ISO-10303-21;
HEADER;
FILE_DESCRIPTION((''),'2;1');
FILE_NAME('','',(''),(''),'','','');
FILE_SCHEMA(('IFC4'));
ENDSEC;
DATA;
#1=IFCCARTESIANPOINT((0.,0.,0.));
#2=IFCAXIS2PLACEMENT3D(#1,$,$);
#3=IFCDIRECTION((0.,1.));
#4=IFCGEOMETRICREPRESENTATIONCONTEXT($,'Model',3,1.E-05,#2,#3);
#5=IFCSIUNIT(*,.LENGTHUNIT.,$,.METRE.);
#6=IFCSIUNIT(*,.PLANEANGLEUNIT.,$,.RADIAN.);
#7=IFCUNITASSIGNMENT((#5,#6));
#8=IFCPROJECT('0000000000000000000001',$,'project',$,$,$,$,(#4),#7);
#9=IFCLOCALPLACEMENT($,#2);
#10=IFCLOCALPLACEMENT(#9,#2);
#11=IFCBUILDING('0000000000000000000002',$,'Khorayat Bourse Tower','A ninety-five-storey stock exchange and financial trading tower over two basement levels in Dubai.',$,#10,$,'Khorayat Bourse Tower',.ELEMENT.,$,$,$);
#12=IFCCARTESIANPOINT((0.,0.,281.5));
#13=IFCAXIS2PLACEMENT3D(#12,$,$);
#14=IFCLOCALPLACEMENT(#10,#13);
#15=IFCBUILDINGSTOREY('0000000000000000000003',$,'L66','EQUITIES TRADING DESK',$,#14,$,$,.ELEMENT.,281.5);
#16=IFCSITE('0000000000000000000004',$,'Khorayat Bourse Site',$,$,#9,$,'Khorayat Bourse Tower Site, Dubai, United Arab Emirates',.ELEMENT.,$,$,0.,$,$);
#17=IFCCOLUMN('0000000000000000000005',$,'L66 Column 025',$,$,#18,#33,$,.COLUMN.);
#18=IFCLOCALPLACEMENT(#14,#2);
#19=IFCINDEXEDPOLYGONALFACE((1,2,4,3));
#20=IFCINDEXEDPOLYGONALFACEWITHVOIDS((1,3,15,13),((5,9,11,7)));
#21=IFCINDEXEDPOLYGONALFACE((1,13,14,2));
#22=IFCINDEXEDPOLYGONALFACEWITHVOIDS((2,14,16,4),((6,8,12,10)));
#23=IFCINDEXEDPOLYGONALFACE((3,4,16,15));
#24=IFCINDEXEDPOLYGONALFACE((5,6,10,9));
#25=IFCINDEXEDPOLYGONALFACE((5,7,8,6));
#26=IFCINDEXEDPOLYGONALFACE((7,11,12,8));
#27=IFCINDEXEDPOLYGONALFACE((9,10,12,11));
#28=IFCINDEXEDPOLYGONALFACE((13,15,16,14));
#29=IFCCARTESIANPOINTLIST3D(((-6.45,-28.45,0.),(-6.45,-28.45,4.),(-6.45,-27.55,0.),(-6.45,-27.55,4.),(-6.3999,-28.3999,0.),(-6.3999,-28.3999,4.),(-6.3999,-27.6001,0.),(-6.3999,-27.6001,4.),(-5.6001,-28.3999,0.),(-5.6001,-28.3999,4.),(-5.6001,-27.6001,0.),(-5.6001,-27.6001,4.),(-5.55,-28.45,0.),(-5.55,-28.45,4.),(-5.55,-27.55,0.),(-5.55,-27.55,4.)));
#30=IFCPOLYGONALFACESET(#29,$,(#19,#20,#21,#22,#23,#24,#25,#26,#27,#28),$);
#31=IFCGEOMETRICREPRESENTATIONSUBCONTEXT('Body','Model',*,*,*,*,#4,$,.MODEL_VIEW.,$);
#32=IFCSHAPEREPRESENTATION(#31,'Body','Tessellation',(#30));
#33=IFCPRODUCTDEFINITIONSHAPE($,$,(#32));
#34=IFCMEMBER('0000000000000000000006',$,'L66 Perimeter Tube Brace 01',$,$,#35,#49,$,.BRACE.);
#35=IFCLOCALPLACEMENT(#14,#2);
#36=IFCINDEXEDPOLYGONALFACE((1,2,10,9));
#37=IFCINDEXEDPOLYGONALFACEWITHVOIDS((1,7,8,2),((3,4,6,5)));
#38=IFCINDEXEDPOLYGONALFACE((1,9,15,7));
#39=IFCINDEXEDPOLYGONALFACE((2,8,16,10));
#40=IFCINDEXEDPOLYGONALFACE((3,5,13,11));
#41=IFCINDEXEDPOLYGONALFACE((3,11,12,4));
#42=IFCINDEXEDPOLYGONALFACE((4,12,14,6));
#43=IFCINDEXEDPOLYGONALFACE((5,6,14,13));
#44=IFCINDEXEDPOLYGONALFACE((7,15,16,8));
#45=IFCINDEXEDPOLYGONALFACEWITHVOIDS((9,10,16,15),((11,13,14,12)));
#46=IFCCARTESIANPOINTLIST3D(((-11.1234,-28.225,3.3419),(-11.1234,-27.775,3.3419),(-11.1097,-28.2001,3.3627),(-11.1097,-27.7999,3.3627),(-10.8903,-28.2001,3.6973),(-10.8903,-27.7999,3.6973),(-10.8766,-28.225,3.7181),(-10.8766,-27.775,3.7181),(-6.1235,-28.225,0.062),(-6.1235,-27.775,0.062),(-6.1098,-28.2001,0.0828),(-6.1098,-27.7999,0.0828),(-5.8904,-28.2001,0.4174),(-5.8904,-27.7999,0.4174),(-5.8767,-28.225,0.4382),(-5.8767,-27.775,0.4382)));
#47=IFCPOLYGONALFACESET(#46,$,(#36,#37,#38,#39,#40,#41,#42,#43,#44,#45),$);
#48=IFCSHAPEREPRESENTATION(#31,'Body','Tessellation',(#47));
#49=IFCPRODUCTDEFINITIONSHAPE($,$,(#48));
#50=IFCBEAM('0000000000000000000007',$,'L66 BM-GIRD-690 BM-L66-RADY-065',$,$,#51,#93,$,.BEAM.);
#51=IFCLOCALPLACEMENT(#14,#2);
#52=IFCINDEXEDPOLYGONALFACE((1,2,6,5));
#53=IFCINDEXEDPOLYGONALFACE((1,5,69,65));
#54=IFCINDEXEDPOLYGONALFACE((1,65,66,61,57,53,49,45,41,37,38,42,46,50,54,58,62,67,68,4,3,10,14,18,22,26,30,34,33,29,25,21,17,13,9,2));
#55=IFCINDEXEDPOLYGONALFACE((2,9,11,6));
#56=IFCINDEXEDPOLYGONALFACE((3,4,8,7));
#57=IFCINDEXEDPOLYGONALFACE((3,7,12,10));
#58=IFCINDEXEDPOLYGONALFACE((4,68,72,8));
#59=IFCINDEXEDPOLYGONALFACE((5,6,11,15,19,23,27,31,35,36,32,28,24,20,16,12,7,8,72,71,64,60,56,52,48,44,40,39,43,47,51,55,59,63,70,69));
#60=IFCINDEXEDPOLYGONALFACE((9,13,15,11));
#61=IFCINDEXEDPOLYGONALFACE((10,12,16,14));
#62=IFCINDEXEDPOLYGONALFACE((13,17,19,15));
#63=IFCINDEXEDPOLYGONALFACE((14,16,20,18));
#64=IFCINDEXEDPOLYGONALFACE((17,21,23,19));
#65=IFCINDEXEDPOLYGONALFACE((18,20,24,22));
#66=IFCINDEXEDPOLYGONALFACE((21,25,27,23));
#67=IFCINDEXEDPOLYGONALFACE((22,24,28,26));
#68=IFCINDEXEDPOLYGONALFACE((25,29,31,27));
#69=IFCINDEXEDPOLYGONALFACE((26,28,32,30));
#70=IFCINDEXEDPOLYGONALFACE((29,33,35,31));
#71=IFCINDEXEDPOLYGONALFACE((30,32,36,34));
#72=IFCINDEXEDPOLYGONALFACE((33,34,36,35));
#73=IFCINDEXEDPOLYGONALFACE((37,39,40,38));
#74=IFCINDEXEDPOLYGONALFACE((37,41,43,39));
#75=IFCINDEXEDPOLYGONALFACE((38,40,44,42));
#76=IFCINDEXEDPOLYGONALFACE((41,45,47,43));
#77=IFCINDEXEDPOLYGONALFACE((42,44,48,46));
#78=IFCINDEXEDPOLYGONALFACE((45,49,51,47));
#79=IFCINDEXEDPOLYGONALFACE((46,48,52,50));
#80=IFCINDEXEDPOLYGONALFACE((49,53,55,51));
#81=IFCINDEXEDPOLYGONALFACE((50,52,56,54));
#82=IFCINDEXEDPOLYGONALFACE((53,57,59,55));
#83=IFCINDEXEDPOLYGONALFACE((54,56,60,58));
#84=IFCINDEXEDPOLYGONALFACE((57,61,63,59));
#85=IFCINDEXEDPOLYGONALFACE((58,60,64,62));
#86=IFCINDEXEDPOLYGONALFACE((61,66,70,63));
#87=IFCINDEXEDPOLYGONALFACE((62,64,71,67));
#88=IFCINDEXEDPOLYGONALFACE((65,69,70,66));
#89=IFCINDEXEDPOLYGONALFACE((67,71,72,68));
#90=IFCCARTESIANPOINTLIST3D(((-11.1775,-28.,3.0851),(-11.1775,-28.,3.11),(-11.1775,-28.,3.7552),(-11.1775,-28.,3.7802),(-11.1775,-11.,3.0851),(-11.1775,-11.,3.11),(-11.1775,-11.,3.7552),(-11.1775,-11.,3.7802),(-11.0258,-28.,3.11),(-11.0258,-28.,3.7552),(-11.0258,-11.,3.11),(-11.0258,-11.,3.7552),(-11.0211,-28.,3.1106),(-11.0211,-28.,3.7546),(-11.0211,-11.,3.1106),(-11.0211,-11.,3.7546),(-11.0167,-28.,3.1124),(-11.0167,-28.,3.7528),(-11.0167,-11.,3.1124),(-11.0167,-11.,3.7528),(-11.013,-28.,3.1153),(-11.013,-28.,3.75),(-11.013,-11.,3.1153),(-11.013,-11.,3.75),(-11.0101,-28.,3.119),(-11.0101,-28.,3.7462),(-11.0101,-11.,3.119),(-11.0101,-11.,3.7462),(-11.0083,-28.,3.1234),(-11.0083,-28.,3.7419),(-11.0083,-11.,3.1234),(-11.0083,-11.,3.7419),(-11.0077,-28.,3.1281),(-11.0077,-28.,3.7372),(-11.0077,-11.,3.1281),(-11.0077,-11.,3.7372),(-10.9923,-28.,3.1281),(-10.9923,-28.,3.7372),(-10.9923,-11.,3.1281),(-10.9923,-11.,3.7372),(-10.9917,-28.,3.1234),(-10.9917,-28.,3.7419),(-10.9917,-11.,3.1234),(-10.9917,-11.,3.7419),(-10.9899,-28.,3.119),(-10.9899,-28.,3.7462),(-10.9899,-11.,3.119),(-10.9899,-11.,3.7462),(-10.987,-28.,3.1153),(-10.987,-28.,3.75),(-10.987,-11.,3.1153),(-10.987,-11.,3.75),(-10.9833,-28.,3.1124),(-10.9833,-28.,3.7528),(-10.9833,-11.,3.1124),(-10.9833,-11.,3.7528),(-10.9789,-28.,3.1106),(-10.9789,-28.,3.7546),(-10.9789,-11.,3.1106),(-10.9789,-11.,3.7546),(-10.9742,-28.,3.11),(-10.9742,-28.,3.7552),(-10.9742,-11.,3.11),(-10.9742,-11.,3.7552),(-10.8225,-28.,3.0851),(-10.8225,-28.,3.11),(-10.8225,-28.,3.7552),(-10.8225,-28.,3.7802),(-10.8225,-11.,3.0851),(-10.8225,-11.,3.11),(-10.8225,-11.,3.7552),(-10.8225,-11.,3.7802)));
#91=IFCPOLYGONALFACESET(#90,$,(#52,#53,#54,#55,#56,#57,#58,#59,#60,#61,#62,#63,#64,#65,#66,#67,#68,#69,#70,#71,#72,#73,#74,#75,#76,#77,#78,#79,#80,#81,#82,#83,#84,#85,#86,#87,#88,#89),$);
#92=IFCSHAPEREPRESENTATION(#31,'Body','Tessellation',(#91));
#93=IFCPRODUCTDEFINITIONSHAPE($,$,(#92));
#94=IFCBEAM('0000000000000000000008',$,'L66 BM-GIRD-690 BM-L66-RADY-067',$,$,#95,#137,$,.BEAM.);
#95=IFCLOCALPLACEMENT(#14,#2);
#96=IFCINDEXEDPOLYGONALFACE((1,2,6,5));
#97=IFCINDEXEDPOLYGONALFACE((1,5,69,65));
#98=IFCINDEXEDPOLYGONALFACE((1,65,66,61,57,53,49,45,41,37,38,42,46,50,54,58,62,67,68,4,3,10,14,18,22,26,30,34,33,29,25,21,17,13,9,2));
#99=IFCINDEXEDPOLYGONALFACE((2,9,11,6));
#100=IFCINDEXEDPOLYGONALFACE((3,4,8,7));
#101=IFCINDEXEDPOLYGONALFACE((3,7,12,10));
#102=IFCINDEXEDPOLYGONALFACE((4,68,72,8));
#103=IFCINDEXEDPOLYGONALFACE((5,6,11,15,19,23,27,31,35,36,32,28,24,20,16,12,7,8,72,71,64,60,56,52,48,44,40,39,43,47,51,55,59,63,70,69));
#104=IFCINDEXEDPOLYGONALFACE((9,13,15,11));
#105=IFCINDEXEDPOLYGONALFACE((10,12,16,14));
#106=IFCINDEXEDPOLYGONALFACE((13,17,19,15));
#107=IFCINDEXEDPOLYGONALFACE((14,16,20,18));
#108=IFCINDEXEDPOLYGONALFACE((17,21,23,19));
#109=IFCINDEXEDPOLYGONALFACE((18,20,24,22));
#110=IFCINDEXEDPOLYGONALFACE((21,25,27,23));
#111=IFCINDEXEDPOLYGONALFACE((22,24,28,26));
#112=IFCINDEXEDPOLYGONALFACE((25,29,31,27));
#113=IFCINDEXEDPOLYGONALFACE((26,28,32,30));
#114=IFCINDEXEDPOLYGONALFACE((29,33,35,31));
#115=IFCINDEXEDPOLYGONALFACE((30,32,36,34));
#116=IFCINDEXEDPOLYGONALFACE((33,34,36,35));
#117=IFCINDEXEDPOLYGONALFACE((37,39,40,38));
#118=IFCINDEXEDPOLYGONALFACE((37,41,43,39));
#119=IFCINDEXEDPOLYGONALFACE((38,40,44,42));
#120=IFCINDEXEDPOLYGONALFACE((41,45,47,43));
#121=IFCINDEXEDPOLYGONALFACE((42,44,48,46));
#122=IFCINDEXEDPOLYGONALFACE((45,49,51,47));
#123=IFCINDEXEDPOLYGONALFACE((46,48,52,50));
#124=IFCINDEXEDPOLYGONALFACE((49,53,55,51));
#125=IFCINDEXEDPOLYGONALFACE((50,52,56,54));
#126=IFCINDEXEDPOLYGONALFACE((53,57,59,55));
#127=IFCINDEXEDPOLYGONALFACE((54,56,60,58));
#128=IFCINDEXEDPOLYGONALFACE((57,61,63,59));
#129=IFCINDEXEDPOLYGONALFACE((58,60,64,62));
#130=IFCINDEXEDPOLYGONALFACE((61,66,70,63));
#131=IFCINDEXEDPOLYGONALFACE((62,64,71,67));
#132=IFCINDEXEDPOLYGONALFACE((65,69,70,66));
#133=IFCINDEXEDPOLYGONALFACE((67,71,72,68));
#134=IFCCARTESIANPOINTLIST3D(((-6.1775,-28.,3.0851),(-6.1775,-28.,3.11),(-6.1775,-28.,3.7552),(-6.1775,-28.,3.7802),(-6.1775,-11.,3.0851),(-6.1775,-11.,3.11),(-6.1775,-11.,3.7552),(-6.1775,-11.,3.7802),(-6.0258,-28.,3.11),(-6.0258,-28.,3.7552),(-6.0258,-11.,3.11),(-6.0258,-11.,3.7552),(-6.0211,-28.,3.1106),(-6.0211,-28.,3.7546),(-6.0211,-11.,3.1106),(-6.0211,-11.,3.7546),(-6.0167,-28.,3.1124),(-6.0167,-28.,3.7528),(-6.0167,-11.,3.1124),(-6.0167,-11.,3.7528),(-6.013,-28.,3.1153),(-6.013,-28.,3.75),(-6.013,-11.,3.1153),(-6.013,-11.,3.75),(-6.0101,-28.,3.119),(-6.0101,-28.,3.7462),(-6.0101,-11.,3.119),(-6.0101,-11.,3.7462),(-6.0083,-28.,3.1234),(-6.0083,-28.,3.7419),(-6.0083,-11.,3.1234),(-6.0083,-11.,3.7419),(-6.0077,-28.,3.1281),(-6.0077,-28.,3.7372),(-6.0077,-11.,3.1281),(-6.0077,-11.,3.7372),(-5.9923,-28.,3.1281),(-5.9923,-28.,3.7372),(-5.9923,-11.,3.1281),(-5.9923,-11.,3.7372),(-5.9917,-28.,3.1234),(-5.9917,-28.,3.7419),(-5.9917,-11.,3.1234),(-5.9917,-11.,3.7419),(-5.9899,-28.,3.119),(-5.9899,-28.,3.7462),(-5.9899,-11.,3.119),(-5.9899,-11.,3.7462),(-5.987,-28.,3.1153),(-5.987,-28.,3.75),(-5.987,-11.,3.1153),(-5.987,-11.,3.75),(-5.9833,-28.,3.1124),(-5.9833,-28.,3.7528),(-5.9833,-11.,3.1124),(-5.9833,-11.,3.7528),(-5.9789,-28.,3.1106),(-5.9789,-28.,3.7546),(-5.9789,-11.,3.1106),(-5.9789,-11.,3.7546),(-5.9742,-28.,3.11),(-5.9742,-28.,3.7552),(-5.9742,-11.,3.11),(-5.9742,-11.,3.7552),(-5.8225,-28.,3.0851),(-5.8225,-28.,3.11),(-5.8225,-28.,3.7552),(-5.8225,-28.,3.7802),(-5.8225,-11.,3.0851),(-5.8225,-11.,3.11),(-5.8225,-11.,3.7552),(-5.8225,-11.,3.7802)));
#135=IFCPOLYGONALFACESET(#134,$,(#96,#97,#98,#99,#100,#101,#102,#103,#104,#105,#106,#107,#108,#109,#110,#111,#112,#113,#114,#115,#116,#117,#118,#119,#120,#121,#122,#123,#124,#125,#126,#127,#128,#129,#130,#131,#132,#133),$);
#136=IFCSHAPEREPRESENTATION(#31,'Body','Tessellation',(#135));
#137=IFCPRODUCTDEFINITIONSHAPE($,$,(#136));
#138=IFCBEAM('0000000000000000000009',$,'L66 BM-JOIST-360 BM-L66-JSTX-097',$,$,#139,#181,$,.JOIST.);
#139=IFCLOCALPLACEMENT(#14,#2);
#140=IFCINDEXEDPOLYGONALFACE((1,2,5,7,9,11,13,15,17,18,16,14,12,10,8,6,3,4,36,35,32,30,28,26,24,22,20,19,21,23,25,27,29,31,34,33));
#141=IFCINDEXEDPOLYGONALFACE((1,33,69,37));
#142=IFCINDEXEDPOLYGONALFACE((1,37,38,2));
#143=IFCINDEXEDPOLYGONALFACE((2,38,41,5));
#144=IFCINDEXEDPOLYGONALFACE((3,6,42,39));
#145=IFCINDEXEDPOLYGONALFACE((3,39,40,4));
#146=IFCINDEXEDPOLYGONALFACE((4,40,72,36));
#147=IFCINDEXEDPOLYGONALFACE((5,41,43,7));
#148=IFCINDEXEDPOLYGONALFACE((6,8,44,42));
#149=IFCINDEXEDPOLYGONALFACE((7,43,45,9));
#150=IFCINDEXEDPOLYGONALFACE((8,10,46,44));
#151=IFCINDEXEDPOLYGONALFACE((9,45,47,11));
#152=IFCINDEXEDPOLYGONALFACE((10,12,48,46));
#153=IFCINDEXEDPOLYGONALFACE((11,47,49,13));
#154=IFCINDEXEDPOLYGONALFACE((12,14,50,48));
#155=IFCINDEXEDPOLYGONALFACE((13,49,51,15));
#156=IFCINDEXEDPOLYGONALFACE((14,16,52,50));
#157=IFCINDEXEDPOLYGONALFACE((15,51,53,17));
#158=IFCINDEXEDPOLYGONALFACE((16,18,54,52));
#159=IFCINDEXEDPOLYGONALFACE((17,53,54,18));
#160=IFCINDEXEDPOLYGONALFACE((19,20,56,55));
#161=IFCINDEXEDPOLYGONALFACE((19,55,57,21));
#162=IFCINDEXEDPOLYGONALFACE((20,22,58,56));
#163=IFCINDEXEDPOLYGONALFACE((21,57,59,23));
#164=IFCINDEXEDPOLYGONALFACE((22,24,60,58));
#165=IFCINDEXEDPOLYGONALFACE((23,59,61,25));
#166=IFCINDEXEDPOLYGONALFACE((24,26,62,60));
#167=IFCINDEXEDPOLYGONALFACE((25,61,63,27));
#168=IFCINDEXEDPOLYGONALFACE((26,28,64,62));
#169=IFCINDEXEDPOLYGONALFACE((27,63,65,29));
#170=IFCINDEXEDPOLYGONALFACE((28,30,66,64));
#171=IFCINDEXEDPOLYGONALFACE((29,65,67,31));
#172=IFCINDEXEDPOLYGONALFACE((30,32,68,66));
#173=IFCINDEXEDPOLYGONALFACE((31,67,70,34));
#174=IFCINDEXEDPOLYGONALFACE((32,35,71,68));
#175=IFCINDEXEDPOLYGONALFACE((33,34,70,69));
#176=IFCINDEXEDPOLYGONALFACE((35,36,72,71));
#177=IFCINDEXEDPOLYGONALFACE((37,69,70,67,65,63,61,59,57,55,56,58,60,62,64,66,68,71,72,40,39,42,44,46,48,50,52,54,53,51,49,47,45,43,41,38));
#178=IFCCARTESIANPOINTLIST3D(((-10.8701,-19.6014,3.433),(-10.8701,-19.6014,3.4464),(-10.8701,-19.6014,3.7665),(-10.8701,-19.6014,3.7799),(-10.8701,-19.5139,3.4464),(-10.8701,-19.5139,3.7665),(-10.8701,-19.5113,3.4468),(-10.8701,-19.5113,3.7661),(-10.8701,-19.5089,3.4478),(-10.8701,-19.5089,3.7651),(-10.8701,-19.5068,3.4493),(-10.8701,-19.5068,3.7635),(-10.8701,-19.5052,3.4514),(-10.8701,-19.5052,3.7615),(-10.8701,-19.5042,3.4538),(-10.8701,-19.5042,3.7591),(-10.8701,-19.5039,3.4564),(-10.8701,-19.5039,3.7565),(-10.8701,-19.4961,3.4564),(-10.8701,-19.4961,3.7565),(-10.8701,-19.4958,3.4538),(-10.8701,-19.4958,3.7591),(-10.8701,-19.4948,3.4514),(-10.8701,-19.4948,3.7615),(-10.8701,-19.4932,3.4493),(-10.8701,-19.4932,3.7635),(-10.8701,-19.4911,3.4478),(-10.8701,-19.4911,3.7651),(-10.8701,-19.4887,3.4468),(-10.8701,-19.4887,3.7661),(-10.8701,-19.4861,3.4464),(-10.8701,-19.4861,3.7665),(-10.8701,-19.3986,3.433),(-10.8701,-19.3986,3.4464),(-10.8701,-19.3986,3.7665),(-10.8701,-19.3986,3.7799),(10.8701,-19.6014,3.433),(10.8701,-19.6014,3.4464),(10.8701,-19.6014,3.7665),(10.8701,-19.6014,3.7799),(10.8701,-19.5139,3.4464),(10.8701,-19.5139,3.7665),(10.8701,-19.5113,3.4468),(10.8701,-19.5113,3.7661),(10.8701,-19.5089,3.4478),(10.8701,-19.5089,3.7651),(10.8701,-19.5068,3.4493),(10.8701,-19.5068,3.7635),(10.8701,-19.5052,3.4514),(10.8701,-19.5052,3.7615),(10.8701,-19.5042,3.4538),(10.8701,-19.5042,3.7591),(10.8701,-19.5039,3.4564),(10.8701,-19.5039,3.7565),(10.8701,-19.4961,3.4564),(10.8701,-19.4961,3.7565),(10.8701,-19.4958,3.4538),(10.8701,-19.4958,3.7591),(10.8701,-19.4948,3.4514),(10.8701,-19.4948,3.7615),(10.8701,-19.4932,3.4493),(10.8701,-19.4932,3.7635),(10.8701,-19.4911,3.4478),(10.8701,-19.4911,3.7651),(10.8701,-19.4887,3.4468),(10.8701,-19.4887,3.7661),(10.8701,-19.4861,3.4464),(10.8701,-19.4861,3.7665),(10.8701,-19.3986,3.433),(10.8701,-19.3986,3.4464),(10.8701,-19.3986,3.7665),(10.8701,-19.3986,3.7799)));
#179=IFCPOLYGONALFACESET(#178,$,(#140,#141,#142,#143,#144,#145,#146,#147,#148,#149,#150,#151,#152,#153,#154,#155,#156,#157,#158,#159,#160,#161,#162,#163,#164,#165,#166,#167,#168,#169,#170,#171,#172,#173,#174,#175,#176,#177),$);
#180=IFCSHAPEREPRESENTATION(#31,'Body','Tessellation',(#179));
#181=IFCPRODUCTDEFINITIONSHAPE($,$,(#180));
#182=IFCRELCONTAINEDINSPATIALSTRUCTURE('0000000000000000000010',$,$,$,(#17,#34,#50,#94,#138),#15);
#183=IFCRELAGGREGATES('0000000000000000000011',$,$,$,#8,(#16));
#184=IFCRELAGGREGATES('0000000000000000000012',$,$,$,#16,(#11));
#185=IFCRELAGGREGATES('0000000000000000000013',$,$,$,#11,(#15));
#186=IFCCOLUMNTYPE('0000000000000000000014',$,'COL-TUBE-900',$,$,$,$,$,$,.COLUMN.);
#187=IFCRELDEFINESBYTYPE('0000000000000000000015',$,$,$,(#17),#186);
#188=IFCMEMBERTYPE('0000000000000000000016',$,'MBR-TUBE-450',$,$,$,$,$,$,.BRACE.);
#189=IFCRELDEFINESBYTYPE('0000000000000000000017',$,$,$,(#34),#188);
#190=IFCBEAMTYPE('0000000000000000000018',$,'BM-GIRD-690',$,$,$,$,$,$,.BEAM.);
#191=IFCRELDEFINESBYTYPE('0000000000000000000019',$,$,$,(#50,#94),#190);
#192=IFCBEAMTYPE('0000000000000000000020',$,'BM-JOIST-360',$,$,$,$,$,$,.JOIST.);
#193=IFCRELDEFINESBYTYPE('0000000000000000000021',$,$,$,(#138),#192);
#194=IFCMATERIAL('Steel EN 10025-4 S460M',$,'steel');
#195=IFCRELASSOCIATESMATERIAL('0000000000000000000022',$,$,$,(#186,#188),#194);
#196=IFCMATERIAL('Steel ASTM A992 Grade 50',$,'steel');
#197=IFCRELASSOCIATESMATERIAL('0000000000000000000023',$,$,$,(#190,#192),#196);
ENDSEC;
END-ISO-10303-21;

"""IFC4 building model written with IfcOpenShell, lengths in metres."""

from ifc_helpers import new_model, si_unit, direction, frame, origin, origin_2d, place, context, subcontext, project, spatial, hollow_rectangle, i_section, extrude, source, transform, mapped, material, material_profile, profile_set, type_object, element, save


model = new_model("IFC4")

# Units and contexts
model_context = context("Model", 3, precision=1e-05, world=origin(), true_north=direction((0.0, 1.0)))
body_context = subcontext(model_context, "Body", "Model", "MODEL_VIEW")
ifc_project = project(units=[si_unit("LENGTHUNIT", "METRE"), si_unit("PLANEANGLEUNIT", "RADIAN")], contexts=[model_context])

# Site, building, storey
site_placement = place(None, origin())
site = spatial("IfcSite", under=ifc_project, at=site_placement, Name="Khorayat Bourse Site", LongName="Khorayat Bourse Tower Site, Dubai, United Arab Emirates", CompositionType="ELEMENT", RefElevation=0.0)
building_placement = place(site_placement, origin())
building = spatial("IfcBuilding", under=site, at=building_placement, Name="Khorayat Bourse Tower", Description="A ninety-five-storey stock exchange and financial trading tower over two basement levels in Dubai.", LongName="Khorayat Bourse Tower", CompositionType="ELEMENT")
storey_placement = place(building_placement, frame((0.0, 0.0, 281.5)))
storey = spatial("IfcBuildingStorey", under=building, at=storey_placement, Name="L66", Description="EQUITIES TRADING DESK", CompositionType="ELEMENT", Elevation=281.5)

# Column
ifc_material_1 = material(Name="Steel EN 10025-4 S460M", Category="steel")
ifc_material_profile_1 = material_profile(ifc_material_1, hollow_rectangle(XDim=0.8999, YDim=0.8999, WallThickness=0.05, at=origin_2d()), Name="BOX 900x900x50")
ifc_profile_set_1 = profile_set([ifc_material_profile_1], Name="Steel EN 10025-4 S460M")
column_type = type_object("IfcColumnType", Name="COL-TUBE-900", PredefinedType="COLUMN", material=ifc_profile_set_1)
shared_shape_1 = source(origin(), body_context, "Body", "SweptSolid", [
    extrude(hollow_rectangle(XDim=0.8999, YDim=0.8999, WallThickness=0.05, at=origin_2d()), origin(), (0.0, 0.0, 1.0), 4.0),
])
column_placement = place(storey_placement, frame((-6.0, -28.0, 0.0), z_axis=(0.0, 0.0, 1.0), x_axis=(1.0, 0.0, 0.0)))
element("IfcColumn", 1, at=column_placement, inside=storey, type_object=column_type, Name="L66 Column 025", PredefinedType="COLUMN", context=body_context, shape_type="MappedRepresentation", body=[
    mapped(shared_shape_1, transform((0.0, 0.0, 0.0), scale=1.0)),
])

# Member
ifc_material_profile_2 = material_profile(ifc_material_1, hollow_rectangle(XDim=0.45, YDim=0.45, WallThickness=0.0249, at=origin_2d()), Name="HSS 450x450x25")
ifc_profile_set_2 = profile_set([ifc_material_profile_2], Name="Steel EN 10025-4 S460M")
member_type = type_object("IfcMemberType", Name="MBR-TUBE-450", PredefinedType="BRACE", material=ifc_profile_set_2)
shared_shape_2 = source(origin(), body_context, "Body", "SweptSolid", [
    extrude(hollow_rectangle(XDim=0.45, YDim=0.45, WallThickness=0.0249, at=origin_2d()), origin(), (0.0, 0.0, 1.0), 5.9797),
])
member_placement = place(storey_placement, frame((-11.0, -28.0, 3.53), z_axis=(0.836142, 0.0, -0.548514), x_axis=(0.0, 1.0, 0.0)))
element("IfcMember", 2, at=member_placement, inside=storey, type_object=member_type, Name="L66 Perimeter Tube Brace 01", PredefinedType="BRACE", context=body_context, shape_type="MappedRepresentation", body=[
    mapped(shared_shape_2, transform((0.0, 0.0, 0.0), scale=1.0)),
])

# Beams
ifc_material_2 = material(Name="Steel ASTM A992 Grade 50", Category="steel")
ifc_material_profile_3 = material_profile(ifc_material_2, i_section(OverallWidth=0.355, OverallDepth=0.6951, WebThickness=0.0154, FlangeThickness=0.0249, FilletRadius=0.0181, at=origin_2d()), Name="W690X217")
ifc_profile_set_3 = profile_set([ifc_material_profile_3], Name="Steel ASTM A992 Grade 50")
beam_type_1 = type_object("IfcBeamType", Name="BM-GIRD-690", PredefinedType="BEAM", material=ifc_profile_set_3)
shared_shape_3 = source(origin(), body_context, "Body", "SweptSolid", [
    extrude(i_section(OverallWidth=0.355, OverallDepth=0.6951, WebThickness=0.0154, FlangeThickness=0.0249, FilletRadius=0.0181, at=origin_2d()), origin(), (0.0, 0.0, 1.0), 17.0),
])
for number, where, z_axis, x_axis, name in (
    (3, (-11.0, -28.0, 3.4326), (0.0, 1.0, 0.0), (-1.0, 0.0, 0.0), "L66 BM-GIRD-690 BM-L66-RADY-065"),
    (4, (-6.0, -28.0, 3.4326), (0.0, 1.0, 0.0), (-1.0, 0.0, 0.0), "L66 BM-GIRD-690 BM-L66-RADY-067"),
):
    element("IfcBeam", number, at=place(storey_placement, frame(where, z_axis=z_axis, x_axis=x_axis)), inside=storey, type_object=beam_type_1, Name=name, PredefinedType="BEAM", context=body_context, shape_type="MappedRepresentation", body=[
        mapped(shared_shape_3, transform((0.0, 0.0, 0.0), scale=1.0)),
    ])
ifc_material_profile_4 = material_profile(ifc_material_2, i_section(OverallWidth=0.2029, OverallDepth=0.3469, WebThickness=0.0078, FlangeThickness=0.0134, FilletRadius=0.01, at=origin_2d()), Name="W360X64")
ifc_profile_set_4 = profile_set([ifc_material_profile_4], Name="Steel ASTM A992 Grade 50")
beam_type_2 = type_object("IfcBeamType", Name="BM-JOIST-360", PredefinedType="JOIST", material=ifc_profile_set_4)
shared_shape_4 = source(origin(), body_context, "Body", "SweptSolid", [
    extrude(i_section(OverallWidth=0.2029, OverallDepth=0.3469, WebThickness=0.0078, FlangeThickness=0.0134, FilletRadius=0.01, at=origin_2d()), origin(), (0.0, 0.0, 1.0), 21.7402),
])
beam_1_placement = place(storey_placement, frame((-10.8701, -19.5, 3.6064), z_axis=(1.0, 0.0, 0.0), x_axis=(0.0, 1.0, 0.0)))
element("IfcBeam", 5, at=beam_1_placement, inside=storey, type_object=beam_type_2, Name="L66 BM-JOIST-360 BM-L66-JSTX-097", PredefinedType="JOIST", context=body_context, shape_type="MappedRepresentation", body=[
    mapped(shared_shape_4, transform((0.0, 0.0, 0.0), scale=1.0)),
])

save(model, "model.ifc")
